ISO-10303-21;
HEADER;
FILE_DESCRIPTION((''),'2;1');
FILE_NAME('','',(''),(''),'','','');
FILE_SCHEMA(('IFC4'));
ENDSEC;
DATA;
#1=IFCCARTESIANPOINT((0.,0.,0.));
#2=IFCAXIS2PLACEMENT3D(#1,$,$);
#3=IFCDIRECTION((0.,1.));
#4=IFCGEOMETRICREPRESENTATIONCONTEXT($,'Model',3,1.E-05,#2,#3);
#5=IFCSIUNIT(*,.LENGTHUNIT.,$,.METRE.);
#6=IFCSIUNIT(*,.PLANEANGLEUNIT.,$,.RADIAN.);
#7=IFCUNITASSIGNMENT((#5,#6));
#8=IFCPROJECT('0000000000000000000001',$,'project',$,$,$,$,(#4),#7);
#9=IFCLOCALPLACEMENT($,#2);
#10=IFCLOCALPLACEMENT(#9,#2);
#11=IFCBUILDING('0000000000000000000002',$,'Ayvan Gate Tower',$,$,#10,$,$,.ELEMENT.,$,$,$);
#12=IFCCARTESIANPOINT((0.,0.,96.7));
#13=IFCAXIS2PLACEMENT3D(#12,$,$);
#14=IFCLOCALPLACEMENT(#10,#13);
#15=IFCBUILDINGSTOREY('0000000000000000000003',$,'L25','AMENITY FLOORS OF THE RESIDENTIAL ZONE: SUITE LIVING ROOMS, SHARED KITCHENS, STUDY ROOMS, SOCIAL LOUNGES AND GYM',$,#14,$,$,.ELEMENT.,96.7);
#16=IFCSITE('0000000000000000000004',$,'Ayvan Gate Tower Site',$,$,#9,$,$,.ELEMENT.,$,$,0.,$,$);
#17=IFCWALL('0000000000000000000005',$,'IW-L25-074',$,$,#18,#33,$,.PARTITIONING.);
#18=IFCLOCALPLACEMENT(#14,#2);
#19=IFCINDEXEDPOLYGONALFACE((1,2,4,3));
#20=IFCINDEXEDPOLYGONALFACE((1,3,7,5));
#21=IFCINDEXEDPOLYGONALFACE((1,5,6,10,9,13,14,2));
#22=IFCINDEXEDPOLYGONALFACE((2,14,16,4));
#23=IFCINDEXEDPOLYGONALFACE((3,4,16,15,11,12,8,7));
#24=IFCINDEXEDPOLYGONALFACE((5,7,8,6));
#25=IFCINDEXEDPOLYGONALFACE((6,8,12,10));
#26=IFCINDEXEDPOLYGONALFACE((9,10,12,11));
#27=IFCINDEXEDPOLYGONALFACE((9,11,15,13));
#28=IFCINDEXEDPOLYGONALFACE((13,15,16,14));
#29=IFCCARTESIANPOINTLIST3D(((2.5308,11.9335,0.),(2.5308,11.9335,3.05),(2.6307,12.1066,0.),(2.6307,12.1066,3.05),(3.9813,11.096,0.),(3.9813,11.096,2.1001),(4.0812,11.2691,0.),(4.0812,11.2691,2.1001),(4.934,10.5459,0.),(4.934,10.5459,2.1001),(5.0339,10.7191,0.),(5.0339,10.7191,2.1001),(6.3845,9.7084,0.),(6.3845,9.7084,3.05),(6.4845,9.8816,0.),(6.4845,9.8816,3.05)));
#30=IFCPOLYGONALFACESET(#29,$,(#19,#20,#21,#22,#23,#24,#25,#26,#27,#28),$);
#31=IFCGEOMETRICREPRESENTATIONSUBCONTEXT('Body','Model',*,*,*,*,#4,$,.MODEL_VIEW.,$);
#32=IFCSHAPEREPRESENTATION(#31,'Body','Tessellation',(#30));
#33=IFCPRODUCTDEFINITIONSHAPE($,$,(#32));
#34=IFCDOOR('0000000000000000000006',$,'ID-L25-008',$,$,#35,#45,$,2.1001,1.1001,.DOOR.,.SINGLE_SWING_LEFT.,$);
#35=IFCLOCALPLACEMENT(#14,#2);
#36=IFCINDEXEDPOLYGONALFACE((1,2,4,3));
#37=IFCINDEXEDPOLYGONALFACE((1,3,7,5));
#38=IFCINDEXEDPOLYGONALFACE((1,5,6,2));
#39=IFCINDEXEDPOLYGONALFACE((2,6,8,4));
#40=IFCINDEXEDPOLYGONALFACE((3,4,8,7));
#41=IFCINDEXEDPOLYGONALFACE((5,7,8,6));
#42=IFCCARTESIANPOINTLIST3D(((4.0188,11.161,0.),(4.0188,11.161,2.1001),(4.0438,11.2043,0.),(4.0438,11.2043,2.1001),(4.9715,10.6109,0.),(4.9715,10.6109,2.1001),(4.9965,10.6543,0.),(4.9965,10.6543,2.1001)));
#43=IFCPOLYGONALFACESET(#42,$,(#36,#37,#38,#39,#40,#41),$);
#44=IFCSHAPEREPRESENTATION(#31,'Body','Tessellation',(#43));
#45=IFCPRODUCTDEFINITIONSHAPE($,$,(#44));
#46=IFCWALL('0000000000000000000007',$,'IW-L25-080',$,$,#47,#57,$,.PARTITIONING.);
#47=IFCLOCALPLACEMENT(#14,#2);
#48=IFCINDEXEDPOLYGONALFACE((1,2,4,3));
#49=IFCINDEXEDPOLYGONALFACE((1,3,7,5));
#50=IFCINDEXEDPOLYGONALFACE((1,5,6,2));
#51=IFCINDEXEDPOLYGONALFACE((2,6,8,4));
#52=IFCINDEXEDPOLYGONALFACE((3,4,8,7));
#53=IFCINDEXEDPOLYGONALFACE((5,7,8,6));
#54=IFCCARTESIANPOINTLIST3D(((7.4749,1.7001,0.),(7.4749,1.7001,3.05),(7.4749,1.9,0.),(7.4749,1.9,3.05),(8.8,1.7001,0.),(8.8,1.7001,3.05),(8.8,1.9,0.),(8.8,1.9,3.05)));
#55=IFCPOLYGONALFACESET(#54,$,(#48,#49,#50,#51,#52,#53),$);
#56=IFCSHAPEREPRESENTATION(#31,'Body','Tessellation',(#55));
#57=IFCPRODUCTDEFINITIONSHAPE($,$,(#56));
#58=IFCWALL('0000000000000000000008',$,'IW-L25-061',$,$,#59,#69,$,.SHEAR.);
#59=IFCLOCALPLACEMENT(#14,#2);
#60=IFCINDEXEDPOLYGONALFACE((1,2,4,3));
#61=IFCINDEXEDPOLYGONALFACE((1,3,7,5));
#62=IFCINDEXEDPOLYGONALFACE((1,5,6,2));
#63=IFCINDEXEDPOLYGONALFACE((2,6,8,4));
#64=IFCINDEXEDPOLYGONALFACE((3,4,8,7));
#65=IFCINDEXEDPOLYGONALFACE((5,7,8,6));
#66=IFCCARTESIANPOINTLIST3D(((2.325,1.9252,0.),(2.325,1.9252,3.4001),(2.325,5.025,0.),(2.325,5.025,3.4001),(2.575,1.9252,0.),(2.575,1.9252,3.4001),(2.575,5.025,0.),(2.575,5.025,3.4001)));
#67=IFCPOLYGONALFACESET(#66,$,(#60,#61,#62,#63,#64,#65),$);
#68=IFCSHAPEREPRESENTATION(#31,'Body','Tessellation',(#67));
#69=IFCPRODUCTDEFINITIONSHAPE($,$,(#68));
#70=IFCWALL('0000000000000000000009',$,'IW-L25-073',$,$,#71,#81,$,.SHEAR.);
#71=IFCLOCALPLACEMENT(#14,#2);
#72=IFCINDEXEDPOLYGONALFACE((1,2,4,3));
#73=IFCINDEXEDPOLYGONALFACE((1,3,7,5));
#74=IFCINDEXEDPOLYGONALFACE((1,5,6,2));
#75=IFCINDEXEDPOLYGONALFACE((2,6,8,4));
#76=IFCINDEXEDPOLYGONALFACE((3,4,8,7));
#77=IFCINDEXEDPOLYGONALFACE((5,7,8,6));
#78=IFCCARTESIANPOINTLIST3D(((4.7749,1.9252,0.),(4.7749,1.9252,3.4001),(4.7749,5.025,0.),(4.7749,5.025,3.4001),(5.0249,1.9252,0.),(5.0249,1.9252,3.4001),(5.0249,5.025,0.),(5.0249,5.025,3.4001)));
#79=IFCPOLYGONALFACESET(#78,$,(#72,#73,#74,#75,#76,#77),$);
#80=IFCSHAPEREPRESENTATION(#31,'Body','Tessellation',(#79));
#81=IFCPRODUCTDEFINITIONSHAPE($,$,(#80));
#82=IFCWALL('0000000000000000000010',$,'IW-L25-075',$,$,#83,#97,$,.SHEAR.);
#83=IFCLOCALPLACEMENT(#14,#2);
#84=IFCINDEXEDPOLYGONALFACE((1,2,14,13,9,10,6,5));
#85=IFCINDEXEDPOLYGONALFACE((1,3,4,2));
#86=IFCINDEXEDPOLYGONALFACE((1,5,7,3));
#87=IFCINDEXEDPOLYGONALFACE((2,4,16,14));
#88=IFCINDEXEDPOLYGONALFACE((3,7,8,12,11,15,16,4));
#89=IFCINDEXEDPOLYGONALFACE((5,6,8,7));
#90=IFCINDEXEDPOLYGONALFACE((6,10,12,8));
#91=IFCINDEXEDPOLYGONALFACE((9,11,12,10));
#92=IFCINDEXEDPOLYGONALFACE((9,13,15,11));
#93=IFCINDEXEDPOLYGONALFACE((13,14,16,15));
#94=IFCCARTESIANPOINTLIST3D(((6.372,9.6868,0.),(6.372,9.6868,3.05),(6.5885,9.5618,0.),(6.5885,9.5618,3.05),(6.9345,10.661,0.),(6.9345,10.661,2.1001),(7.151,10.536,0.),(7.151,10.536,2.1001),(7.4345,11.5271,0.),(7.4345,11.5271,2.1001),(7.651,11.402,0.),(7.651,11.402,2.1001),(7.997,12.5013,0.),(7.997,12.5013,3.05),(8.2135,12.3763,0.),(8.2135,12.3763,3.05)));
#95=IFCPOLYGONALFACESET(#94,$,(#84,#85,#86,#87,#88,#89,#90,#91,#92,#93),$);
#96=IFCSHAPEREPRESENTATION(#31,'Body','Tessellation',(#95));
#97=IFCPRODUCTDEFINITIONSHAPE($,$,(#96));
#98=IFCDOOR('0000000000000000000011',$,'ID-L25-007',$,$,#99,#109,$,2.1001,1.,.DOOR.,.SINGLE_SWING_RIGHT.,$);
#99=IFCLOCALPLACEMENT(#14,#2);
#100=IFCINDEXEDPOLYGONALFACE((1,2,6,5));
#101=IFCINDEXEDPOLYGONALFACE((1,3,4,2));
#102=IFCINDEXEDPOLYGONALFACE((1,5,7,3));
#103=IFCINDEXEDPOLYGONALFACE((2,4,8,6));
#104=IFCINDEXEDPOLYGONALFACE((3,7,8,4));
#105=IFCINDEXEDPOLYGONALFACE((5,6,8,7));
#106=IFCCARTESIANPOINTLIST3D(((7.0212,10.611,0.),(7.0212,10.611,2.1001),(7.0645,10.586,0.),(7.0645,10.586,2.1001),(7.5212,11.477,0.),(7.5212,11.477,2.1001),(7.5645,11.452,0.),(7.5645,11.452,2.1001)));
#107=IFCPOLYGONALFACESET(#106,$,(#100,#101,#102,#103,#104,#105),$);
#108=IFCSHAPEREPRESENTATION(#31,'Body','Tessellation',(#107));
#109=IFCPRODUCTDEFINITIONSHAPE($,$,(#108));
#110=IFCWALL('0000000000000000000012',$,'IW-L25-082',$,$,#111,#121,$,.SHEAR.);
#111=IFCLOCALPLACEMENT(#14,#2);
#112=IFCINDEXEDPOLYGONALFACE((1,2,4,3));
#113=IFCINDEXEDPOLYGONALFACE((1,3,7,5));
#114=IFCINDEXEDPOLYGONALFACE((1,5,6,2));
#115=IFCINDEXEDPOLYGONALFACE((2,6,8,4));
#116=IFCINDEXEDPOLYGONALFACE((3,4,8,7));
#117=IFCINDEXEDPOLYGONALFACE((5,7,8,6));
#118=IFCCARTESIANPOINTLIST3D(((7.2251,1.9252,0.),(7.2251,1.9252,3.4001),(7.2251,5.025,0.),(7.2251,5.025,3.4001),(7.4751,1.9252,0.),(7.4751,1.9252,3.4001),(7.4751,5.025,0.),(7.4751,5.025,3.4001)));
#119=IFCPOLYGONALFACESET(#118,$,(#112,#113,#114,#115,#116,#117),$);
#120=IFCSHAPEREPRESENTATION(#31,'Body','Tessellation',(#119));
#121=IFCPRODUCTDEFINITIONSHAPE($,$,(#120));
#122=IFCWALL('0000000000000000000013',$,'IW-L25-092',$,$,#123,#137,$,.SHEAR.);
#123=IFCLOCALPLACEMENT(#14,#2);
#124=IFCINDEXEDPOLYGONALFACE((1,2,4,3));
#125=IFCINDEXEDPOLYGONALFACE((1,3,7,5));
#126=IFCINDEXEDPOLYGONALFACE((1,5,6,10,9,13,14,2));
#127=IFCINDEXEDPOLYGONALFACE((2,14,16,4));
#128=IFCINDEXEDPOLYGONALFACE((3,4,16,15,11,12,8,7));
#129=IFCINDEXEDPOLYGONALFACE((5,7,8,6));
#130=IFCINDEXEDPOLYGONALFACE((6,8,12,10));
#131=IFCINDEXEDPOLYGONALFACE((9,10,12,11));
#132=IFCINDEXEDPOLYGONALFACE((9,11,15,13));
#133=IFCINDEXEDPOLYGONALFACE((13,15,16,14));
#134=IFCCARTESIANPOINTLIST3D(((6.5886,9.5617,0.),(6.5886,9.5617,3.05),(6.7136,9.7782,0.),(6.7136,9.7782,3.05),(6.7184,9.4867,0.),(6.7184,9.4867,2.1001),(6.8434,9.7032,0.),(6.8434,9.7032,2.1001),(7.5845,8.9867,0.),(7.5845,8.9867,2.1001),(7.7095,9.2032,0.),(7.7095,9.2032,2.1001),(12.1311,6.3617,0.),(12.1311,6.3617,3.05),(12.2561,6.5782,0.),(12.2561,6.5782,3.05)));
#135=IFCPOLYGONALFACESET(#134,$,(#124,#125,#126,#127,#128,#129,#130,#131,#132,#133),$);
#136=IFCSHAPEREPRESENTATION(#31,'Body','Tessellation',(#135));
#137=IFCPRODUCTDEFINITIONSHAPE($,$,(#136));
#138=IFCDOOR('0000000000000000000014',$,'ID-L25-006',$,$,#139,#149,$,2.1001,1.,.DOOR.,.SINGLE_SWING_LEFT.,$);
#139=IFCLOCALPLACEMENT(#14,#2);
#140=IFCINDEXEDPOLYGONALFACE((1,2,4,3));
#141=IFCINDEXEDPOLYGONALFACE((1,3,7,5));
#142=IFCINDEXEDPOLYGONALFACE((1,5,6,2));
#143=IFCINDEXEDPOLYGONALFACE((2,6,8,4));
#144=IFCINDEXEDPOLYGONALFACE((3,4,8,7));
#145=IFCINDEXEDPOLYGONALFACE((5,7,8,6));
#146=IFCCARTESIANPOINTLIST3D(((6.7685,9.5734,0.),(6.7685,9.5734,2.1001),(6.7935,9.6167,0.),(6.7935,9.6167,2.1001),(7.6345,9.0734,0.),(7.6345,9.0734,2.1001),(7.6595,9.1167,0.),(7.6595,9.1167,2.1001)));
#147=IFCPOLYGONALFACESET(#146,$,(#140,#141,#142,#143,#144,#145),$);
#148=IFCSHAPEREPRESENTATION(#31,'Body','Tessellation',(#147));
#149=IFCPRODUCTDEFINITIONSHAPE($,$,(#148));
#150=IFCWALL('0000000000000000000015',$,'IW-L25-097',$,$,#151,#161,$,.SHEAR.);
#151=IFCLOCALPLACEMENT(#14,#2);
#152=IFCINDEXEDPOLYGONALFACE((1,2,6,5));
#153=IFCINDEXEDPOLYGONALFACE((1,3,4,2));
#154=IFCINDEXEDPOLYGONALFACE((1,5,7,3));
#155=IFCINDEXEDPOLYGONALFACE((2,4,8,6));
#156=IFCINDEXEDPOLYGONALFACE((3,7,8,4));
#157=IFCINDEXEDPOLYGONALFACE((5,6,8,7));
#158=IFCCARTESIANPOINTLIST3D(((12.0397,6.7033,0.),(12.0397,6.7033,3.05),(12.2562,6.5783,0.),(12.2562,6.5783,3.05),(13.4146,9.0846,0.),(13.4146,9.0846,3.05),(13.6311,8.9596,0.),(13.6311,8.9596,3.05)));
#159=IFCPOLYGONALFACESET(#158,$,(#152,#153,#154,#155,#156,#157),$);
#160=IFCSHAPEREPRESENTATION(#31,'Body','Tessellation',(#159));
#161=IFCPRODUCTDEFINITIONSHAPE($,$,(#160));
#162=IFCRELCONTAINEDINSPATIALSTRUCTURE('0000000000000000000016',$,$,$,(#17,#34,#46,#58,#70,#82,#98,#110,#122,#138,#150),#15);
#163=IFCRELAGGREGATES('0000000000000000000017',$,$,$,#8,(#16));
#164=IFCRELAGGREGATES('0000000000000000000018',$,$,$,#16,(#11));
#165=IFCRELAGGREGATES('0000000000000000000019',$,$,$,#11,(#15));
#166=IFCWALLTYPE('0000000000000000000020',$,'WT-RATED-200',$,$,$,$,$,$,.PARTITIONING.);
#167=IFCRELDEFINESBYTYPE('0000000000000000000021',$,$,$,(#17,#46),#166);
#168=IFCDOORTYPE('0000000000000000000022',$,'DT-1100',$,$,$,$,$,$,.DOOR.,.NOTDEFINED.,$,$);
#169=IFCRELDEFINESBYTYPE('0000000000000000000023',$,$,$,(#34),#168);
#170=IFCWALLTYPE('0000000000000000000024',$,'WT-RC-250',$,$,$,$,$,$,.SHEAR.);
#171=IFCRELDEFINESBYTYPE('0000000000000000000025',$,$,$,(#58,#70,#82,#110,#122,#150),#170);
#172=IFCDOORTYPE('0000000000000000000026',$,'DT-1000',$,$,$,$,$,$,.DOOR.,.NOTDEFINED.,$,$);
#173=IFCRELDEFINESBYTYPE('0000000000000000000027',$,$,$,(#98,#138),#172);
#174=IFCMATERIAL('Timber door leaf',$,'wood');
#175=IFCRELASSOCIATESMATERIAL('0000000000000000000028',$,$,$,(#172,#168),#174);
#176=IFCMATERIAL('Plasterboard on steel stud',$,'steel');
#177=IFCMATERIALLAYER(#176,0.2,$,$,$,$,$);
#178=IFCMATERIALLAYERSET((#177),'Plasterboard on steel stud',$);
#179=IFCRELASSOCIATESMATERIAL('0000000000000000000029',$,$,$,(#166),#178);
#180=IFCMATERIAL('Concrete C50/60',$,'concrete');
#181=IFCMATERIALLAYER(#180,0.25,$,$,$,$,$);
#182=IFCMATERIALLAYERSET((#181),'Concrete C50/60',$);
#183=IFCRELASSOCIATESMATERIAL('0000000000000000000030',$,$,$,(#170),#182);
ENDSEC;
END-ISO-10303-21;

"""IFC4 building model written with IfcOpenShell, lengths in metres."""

from ifc_helpers import new_model, si_unit, direction, frame, frame_2d, origin, place, context, subcontext, project, spatial, rectangle, extrude, material, layer, layer_set, type_object, element, fill, save


model = new_model("IFC4")

# Units and contexts
model_context = context("Model", 3, precision=1e-05, world=origin(), true_north=direction((0.0, 1.0)))
body_context = subcontext(model_context, "Body", "Model", "MODEL_VIEW")
ifc_project = project(units=[si_unit("LENGTHUNIT", "METRE"), si_unit("PLANEANGLEUNIT", "RADIAN")], contexts=[model_context])

# Site, building, storey
site_placement = place(None, origin())
site = spatial("IfcSite", under=ifc_project, at=site_placement, Name="Ayvan Gate Tower Site", CompositionType="ELEMENT", RefElevation=0.0)
building_placement = place(site_placement, origin())
building = spatial("IfcBuilding", under=site, at=building_placement, Name="Ayvan Gate Tower", CompositionType="ELEMENT")
storey_placement = place(building_placement, frame((0.0, 0.0, 96.7)))
storey = spatial("IfcBuildingStorey", under=building, at=storey_placement, Name="L25", Description="AMENITY FLOORS OF THE RESIDENTIAL ZONE: SUITE LIVING ROOMS, SHARED KITCHENS, STUDY ROOMS, SOCIAL LOUNGES AND GYM", CompositionType="ELEMENT", Elevation=96.7)

# Shared definitions
ifc_material_1 = material(Name="Timber door leaf", Category="wood")

# Shared definitions
ifc_material_2 = material(Name="Plasterboard on steel stud", Category="steel")

# Shared definitions
door_type_1 = type_object("IfcDoorType", Name="DT-1000", OperationType="NOTDEFINED", PredefinedType="DOOR", material=ifc_material_1)

# Shared definitions
ifc_layer_1 = layer(ifc_material_2, 0.2)
ifc_layer_set_1 = layer_set([ifc_layer_1], Name="Plasterboard on steel stud")
wall_type_1 = type_object("IfcWallType", Name="WT-RATED-200", PredefinedType="PARTITIONING", material=ifc_layer_set_1)

# Wall, opening, door
wall_1_placement = place(storey_placement, frame((6.4346, 9.7949, 0.0), z_axis=(0.0, 0.0, 1.0), x_axis=(-0.866013, 0.500022, 0.0)))
wall_1 = element("IfcWall", 1, at=wall_1_placement, inside=storey, type_object=wall_type_1, Name="IW-L25-074", PredefinedType="PARTITIONING", context=body_context, shape_type="SweptSolid", body=[
    extrude(rectangle(XDim=4.45, YDim=0.2, at=frame_2d((2.2251, 0.0))), origin(), (0.0, 0.0, 1.0), 3.05),
])
opening_1_placement = place(wall_1_placement, frame((1.675, 0.0, 0.0)))
opening_1 = element("IfcOpeningElement", 2, at=opening_1_placement, cuts=wall_1, PredefinedType="OPENING", context=body_context, shape_type="SweptSolid", body=[
    extrude(rectangle(XDim=1.1001, YDim=2.1001, at=frame_2d((0.55, 1.05))), frame((0.0, 0.1099, 0.0), z_axis=(0.0, -1.0, 0.0), x_axis=(1.0, 0.0, 0.0)), (0.0, 0.0, 1.0), 0.22),
])
door_type_2 = type_object("IfcDoorType", Name="DT-1100", OperationType="NOTDEFINED", PredefinedType="DOOR", material=ifc_material_1)
door_1_placement = place(opening_1_placement, origin())
door_1 = element("IfcDoor", 3, at=door_1_placement, inside=storey, type_object=door_type_2, Name="ID-L25-008", OperationType="SINGLE_SWING_LEFT", OverallHeight=2.1001, OverallWidth=1.1001, PredefinedType="DOOR", context=body_context, shape_type="SweptSolid", body=[
    extrude(rectangle(XDim=1.1001, YDim=2.1001, at=frame_2d((0.55, 1.05))), frame((0.0, 0.0249, 0.0), z_axis=(0.0, -1.0, 0.0), x_axis=(1.0, 0.0, 0.0)), (0.0, 0.0, 1.0), 0.05),
])
fill(opening_1, door_1)

# Walls
wall_2_placement = place(storey_placement, frame((7.4749, 1.8, 0.0), z_axis=(0.0, 0.0, 1.0), x_axis=(1.0, 0.0, 0.0)))
element("IfcWall", 4, at=wall_2_placement, inside=storey, type_object=wall_type_1, Name="IW-L25-080", PredefinedType="PARTITIONING", context=body_context, shape_type="SweptSolid", body=[
    extrude(rectangle(XDim=1.3252, YDim=0.2, at=frame_2d((0.6626, 0.0))), origin(), (0.0, 0.0, 1.0), 3.05),
])
ifc_material_3 = material(Name="Concrete C50/60", Category="concrete")
ifc_layer_2 = layer(ifc_material_3, 0.25)
ifc_layer_set_2 = layer_set([ifc_layer_2], Name="Concrete C50/60")
wall_type_2 = type_object("IfcWallType", Name="WT-RC-250", PredefinedType="SHEAR", material=ifc_layer_set_2)
for number, where, z_axis, x_axis, name in (
    (5, (2.45, 5.0249, 0.0), (0.0, 0.0, 1.0), (0.0, -1.0, 0.0), "IW-L25-061"),
    (6, (4.8999, 5.0249, 0.0), (0.0, 0.0, 1.0), (0.0, -1.0, 0.0), "IW-L25-073"),
):
    element("IfcWall", number, at=place(storey_placement, frame(where, z_axis=z_axis, x_axis=x_axis)), inside=storey, type_object=wall_type_2, Name=name, PredefinedType="SHEAR", context=body_context, shape_type="SweptSolid", body=[
        extrude(rectangle(XDim=3.0999, YDim=0.25, at=frame_2d((1.5498, 0.0))), origin(), (0.0, 0.0, 1.0), 3.4001),
    ])

# Wall, opening, door
wall_3_placement = place(storey_placement, frame((6.4802, 9.6243, 0.0), z_axis=(0.0, 0.0, 1.0), x_axis=(0.500017, 0.866015, 0.0)))
wall_3 = element("IfcWall", 7, at=wall_3_placement, inside=storey, type_object=wall_type_2, Name="IW-L25-075", PredefinedType="SHEAR", context=body_context, shape_type="SweptSolid", body=[
    extrude(rectangle(XDim=3.25, YDim=0.25, at=frame_2d((1.625, 0.0))), origin(), (0.0, 0.0, 1.0), 3.05),
])
opening_2_placement = place(wall_3_placement, frame((1.125, 0.0, 0.0)))
opening_2 = element("IfcOpeningElement", 8, at=opening_2_placement, cuts=wall_3, PredefinedType="OPENING", context=body_context, shape_type="SweptSolid", body=[
    extrude(rectangle(XDim=1.0, YDim=2.1001, at=frame_2d((0.5, 1.05))), frame((0.0, 0.135, 0.0), z_axis=(0.0, -1.0, 0.0), x_axis=(1.0, 0.0, 0.0)), (0.0, 0.0, 1.0), 0.27),
])
door_2_placement = place(opening_2_placement, origin())
door_2 = element("IfcDoor", 9, at=door_2_placement, inside=storey, type_object=door_type_1, Name="ID-L25-007", OperationType="SINGLE_SWING_RIGHT", OverallHeight=2.1001, OverallWidth=1.0, PredefinedType="DOOR", context=body_context, shape_type="SweptSolid", body=[
    extrude(rectangle(XDim=1.0, YDim=2.1001, at=frame_2d((0.5, 1.05))), frame((0.0, 0.0249, 0.0), z_axis=(0.0, -1.0, 0.0), x_axis=(1.0, 0.0, 0.0)), (0.0, 0.0, 1.0), 0.05),
])
fill(opening_2, door_2)

# Wall
wall_4_placement = place(storey_placement, frame((7.3501, 5.0249, 0.0), z_axis=(0.0, 0.0, 1.0), x_axis=(0.0, -1.0, 0.0)))
element("IfcWall", 10, at=wall_4_placement, inside=storey, type_object=wall_type_2, Name="IW-L25-082", PredefinedType="SHEAR", context=body_context, shape_type="SweptSolid", body=[
    extrude(rectangle(XDim=3.0999, YDim=0.25, at=frame_2d((1.5498, 0.0))), origin(), (0.0, 0.0, 1.0), 3.4001),
])

# Wall, opening, door
wall_5_placement = place(storey_placement, frame((12.1936, 6.47, 0.0), z_axis=(0.0, 0.0, 1.0), x_axis=(-0.866025, 0.5, 0.0)))
wall_5 = element("IfcWall", 11, at=wall_5_placement, inside=storey, type_object=wall_type_2, Name="IW-L25-092", PredefinedType="SHEAR", context=body_context, shape_type="SweptSolid", body=[
    extrude(rectangle(XDim=6.3999, YDim=0.25, at=frame_2d((3.2, 0.0))), origin(), (0.0, 0.0, 1.0), 3.05),
])
opening_3_placement = place(wall_5_placement, frame((5.25, 0.0, 0.0)))
opening_3 = element("IfcOpeningElement", 12, at=opening_3_placement, cuts=wall_5, PredefinedType="OPENING", context=body_context, shape_type="SweptSolid", body=[
    extrude(rectangle(XDim=1.0, YDim=2.1001, at=frame_2d((0.5, 1.05))), frame((0.0, 0.135, 0.0), z_axis=(0.0, -1.0, 0.0), x_axis=(1.0, 0.0, 0.0)), (0.0, 0.0, 1.0), 0.27),
])
door_3_placement = place(opening_3_placement, origin())
door_3 = element("IfcDoor", 13, at=door_3_placement, inside=storey, type_object=door_type_1, Name="ID-L25-006", OperationType="SINGLE_SWING_LEFT", OverallHeight=2.1001, OverallWidth=1.0, PredefinedType="DOOR", context=body_context, shape_type="SweptSolid", body=[
    extrude(rectangle(XDim=1.0, YDim=2.1001, at=frame_2d((0.5, 1.05))), frame((0.0, 0.0249, 0.0), z_axis=(0.0, -1.0, 0.0), x_axis=(1.0, 0.0, 0.0)), (0.0, 0.0, 1.0), 0.05),
])
fill(opening_3, door_3)

# Wall
wall_6_placement = place(storey_placement, frame((13.5229, 9.0222, 0.0), z_axis=(0.0, 0.0, 1.0), x_axis=(-0.500035, -0.866005, 0.0)))
element("IfcWall", 14, at=wall_6_placement, inside=storey, type_object=wall_type_2, Name="IW-L25-097", PredefinedType="SHEAR", context=body_context, shape_type="SweptSolid", body=[
    extrude(rectangle(XDim=2.7498, YDim=0.25, at=frame_2d((1.375, 0.0))), origin(), (0.0, 0.0, 1.0), 3.05),
])

save(model, "model.ifc")
